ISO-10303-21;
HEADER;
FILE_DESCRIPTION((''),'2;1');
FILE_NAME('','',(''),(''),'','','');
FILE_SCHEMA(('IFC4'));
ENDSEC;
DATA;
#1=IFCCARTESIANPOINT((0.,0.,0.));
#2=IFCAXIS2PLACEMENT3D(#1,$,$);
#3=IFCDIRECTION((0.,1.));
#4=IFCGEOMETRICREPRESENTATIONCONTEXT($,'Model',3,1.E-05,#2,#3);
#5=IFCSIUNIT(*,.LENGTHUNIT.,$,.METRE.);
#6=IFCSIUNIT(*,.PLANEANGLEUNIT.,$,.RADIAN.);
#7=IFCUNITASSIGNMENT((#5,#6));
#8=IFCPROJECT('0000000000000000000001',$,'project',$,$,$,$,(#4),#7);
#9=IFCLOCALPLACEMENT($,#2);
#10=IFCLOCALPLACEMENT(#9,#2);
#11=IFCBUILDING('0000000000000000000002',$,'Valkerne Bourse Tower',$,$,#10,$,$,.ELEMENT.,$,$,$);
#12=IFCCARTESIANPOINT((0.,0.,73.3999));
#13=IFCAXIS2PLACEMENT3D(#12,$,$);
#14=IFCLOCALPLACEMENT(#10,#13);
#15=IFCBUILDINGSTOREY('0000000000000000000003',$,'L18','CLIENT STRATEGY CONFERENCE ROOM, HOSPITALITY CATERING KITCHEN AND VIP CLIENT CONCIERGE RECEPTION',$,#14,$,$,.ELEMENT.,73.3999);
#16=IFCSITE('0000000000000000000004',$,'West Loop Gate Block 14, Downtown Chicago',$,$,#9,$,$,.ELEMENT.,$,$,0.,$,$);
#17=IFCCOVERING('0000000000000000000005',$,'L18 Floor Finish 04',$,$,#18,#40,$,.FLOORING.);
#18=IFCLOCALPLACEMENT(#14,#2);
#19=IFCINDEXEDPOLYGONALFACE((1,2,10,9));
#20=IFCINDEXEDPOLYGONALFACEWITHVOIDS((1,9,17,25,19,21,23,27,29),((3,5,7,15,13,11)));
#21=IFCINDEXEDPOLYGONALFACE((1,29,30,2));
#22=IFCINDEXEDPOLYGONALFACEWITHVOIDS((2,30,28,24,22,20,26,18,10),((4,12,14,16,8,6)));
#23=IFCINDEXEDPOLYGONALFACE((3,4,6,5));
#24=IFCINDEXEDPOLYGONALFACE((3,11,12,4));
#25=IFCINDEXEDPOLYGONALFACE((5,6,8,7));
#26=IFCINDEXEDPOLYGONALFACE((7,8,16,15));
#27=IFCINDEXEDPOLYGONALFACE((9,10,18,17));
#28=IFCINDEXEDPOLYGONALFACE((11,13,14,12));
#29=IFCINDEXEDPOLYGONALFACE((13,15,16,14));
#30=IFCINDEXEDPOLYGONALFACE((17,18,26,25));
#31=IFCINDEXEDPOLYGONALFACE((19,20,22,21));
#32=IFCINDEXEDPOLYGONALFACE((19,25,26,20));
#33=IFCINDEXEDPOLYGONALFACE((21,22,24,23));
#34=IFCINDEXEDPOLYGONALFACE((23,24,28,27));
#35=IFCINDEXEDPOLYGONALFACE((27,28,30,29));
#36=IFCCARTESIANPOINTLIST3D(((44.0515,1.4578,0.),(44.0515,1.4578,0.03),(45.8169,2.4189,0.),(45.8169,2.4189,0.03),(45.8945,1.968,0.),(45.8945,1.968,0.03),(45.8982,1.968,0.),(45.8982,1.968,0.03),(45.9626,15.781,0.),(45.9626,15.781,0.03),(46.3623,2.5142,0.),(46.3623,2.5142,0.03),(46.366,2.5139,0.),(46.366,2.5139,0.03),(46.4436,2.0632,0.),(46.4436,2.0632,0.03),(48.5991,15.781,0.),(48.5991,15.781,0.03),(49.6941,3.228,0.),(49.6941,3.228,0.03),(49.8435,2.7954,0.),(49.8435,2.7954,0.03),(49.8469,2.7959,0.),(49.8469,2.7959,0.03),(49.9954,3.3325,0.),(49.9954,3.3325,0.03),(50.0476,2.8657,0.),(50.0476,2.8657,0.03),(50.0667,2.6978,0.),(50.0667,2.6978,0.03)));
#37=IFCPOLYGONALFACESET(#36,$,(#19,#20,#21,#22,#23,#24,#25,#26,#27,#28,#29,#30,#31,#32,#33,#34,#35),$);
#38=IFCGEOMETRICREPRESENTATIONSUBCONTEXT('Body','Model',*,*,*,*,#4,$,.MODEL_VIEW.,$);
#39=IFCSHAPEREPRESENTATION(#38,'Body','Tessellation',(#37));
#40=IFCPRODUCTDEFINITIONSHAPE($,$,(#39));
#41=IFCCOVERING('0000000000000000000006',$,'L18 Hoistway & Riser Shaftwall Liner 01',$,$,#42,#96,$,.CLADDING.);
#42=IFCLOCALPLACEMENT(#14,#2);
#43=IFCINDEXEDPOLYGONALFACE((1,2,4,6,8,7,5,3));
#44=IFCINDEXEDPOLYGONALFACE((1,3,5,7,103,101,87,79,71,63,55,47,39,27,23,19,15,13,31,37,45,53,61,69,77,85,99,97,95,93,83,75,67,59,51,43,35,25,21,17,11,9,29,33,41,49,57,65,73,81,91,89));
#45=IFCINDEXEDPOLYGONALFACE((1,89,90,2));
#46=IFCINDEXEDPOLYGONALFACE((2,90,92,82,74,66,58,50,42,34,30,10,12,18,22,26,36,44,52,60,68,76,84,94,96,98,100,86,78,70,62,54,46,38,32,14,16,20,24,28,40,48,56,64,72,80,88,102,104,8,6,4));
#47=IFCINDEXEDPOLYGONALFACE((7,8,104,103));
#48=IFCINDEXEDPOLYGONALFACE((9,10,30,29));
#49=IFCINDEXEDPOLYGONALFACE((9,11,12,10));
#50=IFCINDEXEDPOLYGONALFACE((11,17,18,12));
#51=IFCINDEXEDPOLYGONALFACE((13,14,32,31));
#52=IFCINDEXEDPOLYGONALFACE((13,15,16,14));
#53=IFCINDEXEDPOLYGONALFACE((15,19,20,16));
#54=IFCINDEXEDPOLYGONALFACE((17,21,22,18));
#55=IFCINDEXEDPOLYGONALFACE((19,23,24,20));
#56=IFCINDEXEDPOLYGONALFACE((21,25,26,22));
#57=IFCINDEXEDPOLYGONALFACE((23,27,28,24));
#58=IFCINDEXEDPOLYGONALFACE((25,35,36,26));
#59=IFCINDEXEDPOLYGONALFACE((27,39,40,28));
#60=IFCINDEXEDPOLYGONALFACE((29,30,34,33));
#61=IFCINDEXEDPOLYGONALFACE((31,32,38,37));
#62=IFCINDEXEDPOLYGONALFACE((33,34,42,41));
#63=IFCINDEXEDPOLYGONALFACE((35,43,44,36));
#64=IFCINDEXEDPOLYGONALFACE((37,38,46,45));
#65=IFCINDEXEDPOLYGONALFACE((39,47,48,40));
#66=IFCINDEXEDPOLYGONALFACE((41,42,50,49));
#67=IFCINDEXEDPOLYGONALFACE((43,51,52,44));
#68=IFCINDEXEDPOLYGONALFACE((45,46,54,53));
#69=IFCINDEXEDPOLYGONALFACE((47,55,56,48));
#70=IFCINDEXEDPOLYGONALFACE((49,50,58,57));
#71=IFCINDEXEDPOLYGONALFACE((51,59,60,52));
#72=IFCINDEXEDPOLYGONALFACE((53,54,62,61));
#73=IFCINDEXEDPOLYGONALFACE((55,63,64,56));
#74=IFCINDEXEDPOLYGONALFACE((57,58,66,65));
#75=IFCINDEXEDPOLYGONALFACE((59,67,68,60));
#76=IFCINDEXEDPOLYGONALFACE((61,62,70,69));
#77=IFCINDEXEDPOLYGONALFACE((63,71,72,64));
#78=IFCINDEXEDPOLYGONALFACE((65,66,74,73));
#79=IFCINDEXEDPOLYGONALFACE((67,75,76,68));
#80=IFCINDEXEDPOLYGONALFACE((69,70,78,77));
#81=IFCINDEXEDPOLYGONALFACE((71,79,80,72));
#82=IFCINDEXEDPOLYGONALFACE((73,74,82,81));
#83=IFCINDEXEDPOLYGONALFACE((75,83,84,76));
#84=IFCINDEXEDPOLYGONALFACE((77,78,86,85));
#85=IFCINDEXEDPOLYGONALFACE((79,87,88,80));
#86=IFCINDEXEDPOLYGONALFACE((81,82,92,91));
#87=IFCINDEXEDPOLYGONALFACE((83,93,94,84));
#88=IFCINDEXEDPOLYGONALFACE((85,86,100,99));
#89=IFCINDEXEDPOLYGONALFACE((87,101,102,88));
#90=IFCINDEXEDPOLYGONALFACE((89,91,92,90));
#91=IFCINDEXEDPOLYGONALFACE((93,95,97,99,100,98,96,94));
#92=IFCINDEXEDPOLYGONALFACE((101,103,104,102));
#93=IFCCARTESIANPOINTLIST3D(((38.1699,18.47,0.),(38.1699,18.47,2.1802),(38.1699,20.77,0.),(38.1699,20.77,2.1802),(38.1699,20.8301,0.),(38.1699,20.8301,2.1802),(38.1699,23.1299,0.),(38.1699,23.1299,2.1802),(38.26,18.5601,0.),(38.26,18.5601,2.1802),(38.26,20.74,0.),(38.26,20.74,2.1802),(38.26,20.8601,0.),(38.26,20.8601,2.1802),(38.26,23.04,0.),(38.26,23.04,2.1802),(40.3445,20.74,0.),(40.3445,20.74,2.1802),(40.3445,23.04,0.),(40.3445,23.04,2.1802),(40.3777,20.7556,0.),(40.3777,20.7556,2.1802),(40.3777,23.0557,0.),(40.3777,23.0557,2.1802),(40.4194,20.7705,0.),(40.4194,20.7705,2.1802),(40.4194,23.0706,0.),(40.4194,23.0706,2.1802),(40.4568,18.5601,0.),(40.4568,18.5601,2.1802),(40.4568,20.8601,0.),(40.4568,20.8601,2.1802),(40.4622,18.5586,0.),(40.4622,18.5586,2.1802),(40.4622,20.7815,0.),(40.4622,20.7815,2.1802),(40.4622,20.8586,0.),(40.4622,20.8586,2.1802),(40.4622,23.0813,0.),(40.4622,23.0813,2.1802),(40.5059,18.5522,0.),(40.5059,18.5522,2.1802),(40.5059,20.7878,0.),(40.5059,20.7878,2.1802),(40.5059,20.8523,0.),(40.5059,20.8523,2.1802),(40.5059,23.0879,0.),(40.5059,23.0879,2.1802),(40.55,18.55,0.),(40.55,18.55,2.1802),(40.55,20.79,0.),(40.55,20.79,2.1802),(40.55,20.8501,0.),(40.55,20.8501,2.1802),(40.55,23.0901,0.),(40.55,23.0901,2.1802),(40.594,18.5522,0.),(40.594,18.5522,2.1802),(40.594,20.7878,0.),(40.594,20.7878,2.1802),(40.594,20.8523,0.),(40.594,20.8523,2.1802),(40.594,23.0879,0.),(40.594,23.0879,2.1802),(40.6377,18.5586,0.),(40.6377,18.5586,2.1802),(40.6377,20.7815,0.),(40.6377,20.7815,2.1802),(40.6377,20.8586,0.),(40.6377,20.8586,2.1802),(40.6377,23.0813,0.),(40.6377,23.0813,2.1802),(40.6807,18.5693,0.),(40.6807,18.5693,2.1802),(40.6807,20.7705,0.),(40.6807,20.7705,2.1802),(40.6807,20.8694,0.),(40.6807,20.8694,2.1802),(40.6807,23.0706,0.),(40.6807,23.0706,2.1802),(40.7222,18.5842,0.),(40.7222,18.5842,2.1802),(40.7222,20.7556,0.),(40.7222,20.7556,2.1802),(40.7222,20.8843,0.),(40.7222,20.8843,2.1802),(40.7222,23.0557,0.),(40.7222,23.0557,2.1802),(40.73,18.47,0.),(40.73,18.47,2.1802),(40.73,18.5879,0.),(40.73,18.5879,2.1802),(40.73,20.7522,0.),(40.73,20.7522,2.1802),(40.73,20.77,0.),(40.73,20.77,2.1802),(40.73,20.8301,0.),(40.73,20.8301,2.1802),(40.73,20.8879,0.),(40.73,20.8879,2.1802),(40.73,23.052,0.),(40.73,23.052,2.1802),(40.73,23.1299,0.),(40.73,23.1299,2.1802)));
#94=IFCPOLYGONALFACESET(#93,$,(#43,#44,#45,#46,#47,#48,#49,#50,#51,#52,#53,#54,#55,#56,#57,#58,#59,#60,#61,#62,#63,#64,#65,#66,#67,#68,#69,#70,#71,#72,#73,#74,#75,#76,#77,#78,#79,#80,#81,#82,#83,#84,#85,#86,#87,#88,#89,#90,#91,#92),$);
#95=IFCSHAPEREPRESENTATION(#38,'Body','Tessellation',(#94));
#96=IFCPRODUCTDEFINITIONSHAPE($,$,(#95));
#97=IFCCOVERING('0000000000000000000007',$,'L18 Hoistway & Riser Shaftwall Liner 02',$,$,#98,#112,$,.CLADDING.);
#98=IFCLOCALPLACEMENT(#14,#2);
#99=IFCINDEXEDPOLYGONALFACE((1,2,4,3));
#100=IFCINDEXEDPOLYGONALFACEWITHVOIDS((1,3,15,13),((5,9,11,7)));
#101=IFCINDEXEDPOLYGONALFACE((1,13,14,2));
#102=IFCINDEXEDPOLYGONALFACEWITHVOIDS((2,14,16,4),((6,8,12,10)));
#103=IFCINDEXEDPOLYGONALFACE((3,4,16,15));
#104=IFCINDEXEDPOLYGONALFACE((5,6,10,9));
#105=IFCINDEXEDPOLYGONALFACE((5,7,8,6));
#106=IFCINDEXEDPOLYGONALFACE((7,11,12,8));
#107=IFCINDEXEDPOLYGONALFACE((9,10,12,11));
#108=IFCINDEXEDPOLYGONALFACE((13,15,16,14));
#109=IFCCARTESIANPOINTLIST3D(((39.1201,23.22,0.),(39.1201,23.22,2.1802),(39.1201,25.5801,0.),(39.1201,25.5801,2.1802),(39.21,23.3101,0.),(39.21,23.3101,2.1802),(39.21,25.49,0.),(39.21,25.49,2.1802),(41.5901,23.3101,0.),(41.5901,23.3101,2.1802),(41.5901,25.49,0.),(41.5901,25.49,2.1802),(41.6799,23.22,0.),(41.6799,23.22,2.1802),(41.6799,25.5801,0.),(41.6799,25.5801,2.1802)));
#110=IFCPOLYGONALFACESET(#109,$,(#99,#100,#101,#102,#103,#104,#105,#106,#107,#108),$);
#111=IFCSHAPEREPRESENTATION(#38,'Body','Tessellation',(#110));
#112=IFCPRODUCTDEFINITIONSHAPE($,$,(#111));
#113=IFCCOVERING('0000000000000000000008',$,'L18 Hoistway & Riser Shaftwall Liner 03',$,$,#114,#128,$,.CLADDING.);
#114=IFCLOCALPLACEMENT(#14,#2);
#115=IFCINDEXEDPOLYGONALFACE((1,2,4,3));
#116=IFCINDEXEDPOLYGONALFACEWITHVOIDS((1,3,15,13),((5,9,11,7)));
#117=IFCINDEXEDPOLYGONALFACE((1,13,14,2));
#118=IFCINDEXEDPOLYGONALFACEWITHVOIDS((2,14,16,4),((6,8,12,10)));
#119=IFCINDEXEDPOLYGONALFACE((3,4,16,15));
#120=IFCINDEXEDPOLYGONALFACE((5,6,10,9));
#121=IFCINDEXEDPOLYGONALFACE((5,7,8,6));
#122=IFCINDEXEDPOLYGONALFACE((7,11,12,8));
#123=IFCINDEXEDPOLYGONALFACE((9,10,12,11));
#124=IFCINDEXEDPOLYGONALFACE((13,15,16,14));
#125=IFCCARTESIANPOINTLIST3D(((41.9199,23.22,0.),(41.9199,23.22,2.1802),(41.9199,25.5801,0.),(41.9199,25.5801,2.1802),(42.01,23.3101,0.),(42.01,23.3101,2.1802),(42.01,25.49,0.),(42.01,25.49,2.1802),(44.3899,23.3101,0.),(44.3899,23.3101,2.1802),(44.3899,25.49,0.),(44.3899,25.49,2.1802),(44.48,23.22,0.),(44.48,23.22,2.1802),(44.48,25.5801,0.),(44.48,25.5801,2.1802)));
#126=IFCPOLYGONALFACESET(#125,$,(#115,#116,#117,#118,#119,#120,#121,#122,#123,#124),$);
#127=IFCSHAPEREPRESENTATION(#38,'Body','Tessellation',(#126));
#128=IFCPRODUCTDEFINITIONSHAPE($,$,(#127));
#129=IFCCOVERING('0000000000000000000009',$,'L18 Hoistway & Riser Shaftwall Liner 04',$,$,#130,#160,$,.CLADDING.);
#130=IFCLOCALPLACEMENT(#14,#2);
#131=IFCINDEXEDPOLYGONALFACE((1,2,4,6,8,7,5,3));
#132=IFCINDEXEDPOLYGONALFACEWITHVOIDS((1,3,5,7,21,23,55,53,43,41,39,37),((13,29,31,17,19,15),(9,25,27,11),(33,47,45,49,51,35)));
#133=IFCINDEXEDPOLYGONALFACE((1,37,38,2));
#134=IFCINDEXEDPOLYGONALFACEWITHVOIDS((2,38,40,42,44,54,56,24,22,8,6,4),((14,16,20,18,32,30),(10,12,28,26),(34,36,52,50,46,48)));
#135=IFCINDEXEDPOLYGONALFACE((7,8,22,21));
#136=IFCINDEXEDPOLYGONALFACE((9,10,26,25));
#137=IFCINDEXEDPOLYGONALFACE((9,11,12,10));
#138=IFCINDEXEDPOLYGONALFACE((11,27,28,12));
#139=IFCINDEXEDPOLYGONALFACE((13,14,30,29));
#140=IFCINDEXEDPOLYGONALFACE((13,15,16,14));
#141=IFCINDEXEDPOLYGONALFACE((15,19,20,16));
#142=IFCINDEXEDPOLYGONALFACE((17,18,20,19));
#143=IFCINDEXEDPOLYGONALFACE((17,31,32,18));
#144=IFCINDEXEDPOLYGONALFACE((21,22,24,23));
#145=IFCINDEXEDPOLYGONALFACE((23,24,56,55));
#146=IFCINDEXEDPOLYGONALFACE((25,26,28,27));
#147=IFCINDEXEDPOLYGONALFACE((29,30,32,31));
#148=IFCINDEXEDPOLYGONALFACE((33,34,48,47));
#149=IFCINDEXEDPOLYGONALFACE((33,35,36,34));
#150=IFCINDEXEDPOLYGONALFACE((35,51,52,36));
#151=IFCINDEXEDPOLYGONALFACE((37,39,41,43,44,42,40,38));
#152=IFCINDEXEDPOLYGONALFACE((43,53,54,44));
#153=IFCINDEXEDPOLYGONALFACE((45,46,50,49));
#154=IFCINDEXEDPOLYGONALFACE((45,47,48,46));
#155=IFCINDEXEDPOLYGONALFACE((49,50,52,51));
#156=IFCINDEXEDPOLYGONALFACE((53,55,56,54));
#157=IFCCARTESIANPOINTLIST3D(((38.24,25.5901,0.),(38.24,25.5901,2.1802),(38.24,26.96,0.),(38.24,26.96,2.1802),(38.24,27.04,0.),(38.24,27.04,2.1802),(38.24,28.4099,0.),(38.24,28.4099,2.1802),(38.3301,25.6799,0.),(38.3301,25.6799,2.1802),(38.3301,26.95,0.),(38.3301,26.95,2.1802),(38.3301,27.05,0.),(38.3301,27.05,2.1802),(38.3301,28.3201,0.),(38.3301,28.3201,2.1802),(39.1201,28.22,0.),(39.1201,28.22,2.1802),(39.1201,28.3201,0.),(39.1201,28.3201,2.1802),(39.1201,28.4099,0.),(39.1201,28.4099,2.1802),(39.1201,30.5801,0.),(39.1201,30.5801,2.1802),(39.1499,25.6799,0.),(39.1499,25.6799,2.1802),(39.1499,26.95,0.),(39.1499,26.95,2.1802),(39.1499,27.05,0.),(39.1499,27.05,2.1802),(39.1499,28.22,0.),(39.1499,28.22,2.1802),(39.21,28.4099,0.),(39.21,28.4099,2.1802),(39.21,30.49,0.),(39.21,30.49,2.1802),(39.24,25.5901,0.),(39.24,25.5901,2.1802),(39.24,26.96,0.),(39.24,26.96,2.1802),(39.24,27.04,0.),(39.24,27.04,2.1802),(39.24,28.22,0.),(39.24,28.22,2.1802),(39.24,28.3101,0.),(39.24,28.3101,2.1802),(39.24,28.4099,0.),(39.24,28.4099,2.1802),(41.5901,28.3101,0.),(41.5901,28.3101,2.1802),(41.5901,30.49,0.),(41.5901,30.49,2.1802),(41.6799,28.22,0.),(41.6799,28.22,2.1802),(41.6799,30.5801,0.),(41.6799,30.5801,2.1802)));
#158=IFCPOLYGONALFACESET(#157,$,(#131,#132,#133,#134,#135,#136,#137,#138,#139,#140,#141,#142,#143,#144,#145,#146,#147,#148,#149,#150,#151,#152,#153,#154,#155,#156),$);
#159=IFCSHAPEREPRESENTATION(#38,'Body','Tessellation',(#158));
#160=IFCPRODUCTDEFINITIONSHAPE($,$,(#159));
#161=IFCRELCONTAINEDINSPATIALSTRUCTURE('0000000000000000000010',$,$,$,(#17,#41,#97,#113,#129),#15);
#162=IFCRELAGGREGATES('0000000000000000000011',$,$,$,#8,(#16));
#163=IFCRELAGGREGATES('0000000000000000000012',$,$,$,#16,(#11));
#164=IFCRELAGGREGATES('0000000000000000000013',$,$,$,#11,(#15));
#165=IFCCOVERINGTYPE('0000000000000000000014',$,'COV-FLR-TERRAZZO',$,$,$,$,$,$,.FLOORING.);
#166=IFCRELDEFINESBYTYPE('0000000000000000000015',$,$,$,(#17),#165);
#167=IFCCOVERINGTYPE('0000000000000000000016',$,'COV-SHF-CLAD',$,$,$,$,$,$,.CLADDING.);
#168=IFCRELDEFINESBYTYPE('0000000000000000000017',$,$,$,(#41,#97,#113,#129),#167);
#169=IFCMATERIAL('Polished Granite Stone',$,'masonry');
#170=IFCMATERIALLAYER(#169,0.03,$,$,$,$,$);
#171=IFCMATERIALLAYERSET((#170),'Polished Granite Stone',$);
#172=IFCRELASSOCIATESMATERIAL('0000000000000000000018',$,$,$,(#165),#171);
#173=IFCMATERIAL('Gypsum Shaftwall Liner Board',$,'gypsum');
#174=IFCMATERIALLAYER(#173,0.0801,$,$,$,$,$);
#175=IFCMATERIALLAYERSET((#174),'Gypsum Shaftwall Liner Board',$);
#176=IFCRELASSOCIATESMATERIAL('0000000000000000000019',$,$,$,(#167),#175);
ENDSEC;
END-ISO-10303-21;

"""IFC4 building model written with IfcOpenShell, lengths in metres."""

from ifc_helpers import new_model, si_unit, direction, frame, origin, place, context, subcontext, project, spatial, polyline, outline, extrude, material, layer, layer_set, type_object, element, save


model = new_model("IFC4")

# Units and contexts
model_context = context("Model", 3, precision=1e-05, world=origin(), true_north=direction((0.0, 1.0)))
body_context = subcontext(model_context, "Body", "Model", "MODEL_VIEW")
ifc_project = project(units=[si_unit("LENGTHUNIT", "METRE"), si_unit("PLANEANGLEUNIT", "RADIAN")], contexts=[model_context])

# Site, building, storey
site_placement = place(None, origin())
site = spatial("IfcSite", under=ifc_project, at=site_placement, Name="West Loop Gate Block 14, Downtown Chicago", CompositionType="ELEMENT", RefElevation=0.0)
building_placement = place(site_placement, origin())
building = spatial("IfcBuilding", under=site, at=building_placement, Name="Valkerne Bourse Tower", CompositionType="ELEMENT")
storey_placement = place(building_placement, frame((0.0, 0.0, 73.3999)))
storey = spatial("IfcBuildingStorey", under=building, at=storey_placement, Name="L18", Description="CLIENT STRATEGY CONFERENCE ROOM, HOSPITALITY CATERING KITCHEN AND VIP CLIENT CONCIERGE RECEPTION", CompositionType="ELEMENT", Elevation=73.3999)

# Coverings
ifc_material_1 = material(Name="Polished Granite Stone", Category="masonry")
ifc_layer_1 = layer(ifc_material_1, 0.03)
ifc_layer_set_1 = layer_set([ifc_layer_1], Name="Polished Granite Stone")
covering_type_1 = type_object("IfcCoveringType", Name="COV-FLR-TERRAZZO", PredefinedType="FLOORING", material=ifc_layer_set_1)
covering_1_placement = place(storey_placement, origin())
element("IfcCovering", 1, at=covering_1_placement, inside=storey, type_object=covering_type_1, Name="L18 Floor Finish 04", PredefinedType="FLOORING", context=body_context, shape_type="SweptSolid", body=[
    extrude(outline(polyline([(48.5991, 15.781), (49.9954, 3.3325), (49.6941, 3.228), (49.8435, 2.7954), (49.8469, 2.7959), (50.0476, 2.8657), (50.0667, 2.6978), (44.0515, 1.4578), (45.9626, 15.781), (48.5991, 15.781)]), holes=[polyline([(46.366, 2.5139), (46.3623, 2.5142), (45.8169, 2.4189), (45.8945, 1.968), (45.8982, 1.968), (46.4436, 2.0632), (46.366, 2.5139)])]), origin(), (0.0, 0.0, 1.0), 0.03),
])
ifc_material_2 = material(Name="Gypsum Shaftwall Liner Board", Category="gypsum")
ifc_layer_2 = layer(ifc_material_2, 0.0801)
ifc_layer_set_2 = layer_set([ifc_layer_2], Name="Gypsum Shaftwall Liner Board")
covering_type_2 = type_object("IfcCoveringType", Name="COV-SHF-CLAD", PredefinedType="CLADDING", material=ifc_layer_set_2)
covering_2_placement = place(storey_placement, origin())
element("IfcCovering", 2, at=covering_2_placement, inside=storey, type_object=covering_type_2, Name="L18 Hoistway & Riser Shaftwall Liner 01", PredefinedType="CLADDING", context=body_context, shape_type="SweptSolid", body=[
    extrude(outline(polyline([(38.1699, 23.1299), (40.73, 23.1299), (40.73, 23.052), (40.7222, 23.0557), (40.6807, 23.0706), (40.6377, 23.0813), (40.594, 23.0879), (40.55, 23.0901), (40.5059, 23.0879), (40.4622, 23.0813), (40.4194, 23.0706), (40.3777, 23.0557), (40.3445, 23.04), (38.26, 23.04), (38.26, 20.8601), (40.4568, 20.8601), (40.4622, 20.8586), (40.5059, 20.8523), (40.55, 20.8501), (40.594, 20.8523), (40.6377, 20.8586), (40.6807, 20.8694), (40.7222, 20.8843), (40.73, 20.8879), (40.73, 20.8301), (40.73, 20.77), (40.73, 20.7522), (40.7222, 20.7556), (40.6807, 20.7705), (40.6377, 20.7815), (40.594, 20.7878), (40.55, 20.79), (40.5059, 20.7878), (40.4622, 20.7815), (40.4194, 20.7705), (40.3777, 20.7556), (40.3445, 20.74), (38.26, 20.74), (38.26, 18.5601), (40.4568, 18.5601), (40.4622, 18.5586), (40.5059, 18.5522), (40.55, 18.55), (40.594, 18.5522), (40.6377, 18.5586), (40.6807, 18.5693), (40.7222, 18.5842), (40.73, 18.5879), (40.73, 18.47), (38.1699, 18.47), (38.1699, 20.77), (38.1699, 20.8301), (38.1699, 23.1299)])), origin(), (0.0, 0.0, 1.0), 2.1802),
])
covering_3_placement = place(storey_placement, origin())
element("IfcCovering", 3, at=covering_3_placement, inside=storey, type_object=covering_type_2, Name="L18 Hoistway & Riser Shaftwall Liner 02", PredefinedType="CLADDING", context=body_context, shape_type="SweptSolid", body=[
    extrude(outline(polyline([(41.6799, 23.22), (39.1201, 23.22), (39.1201, 25.5801), (41.6799, 25.5801), (41.6799, 23.22)]), holes=[polyline([(39.21, 25.49), (39.21, 23.3101), (41.5901, 23.3101), (41.5901, 25.49), (39.21, 25.49)])]), origin(), (0.0, 0.0, 1.0), 2.1802),
])
covering_4_placement = place(storey_placement, origin())
element("IfcCovering", 4, at=covering_4_placement, inside=storey, type_object=covering_type_2, Name="L18 Hoistway & Riser Shaftwall Liner 03", PredefinedType="CLADDING", context=body_context, shape_type="SweptSolid", body=[
    extrude(outline(polyline([(44.48, 23.22), (41.9199, 23.22), (41.9199, 25.5801), (44.48, 25.5801), (44.48, 23.22)]), holes=[polyline([(42.01, 25.49), (42.01, 23.3101), (44.3899, 23.3101), (44.3899, 25.49), (42.01, 25.49)])]), origin(), (0.0, 0.0, 1.0), 2.1802),
])
covering_5_placement = place(storey_placement, origin())
element("IfcCovering", 5, at=covering_5_placement, inside=storey, type_object=covering_type_2, Name="L18 Hoistway & Riser Shaftwall Liner 04", PredefinedType="CLADDING", context=body_context, shape_type="SweptSolid", body=[
    extrude(outline(polyline([(38.24, 28.4099), (39.1201, 28.4099), (39.1201, 30.5801), (41.6799, 30.5801), (41.6799, 28.22), (39.24, 28.22), (39.24, 27.04), (39.24, 26.96), (39.24, 25.5901), (38.24, 25.5901), (38.24, 26.96), (38.24, 27.04), (38.24, 28.4099)]), holes=[polyline([(39.21, 30.49), (39.21, 28.4099), (39.24, 28.4099), (39.24, 28.3101), (41.5901, 28.3101), (41.5901, 30.49), (39.21, 30.49)]), polyline([(38.3301, 26.95), (38.3301, 25.6799), (39.1499, 25.6799), (39.1499, 26.95), (38.3301, 26.95)]), polyline([(39.1201, 28.22), (39.1201, 28.3201), (38.3301, 28.3201), (38.3301, 27.05), (39.1499, 27.05), (39.1499, 28.22), (39.1201, 28.22)])]), origin(), (0.0, 0.0, 1.0), 2.1802),
])

save(model, "model.ifc")
